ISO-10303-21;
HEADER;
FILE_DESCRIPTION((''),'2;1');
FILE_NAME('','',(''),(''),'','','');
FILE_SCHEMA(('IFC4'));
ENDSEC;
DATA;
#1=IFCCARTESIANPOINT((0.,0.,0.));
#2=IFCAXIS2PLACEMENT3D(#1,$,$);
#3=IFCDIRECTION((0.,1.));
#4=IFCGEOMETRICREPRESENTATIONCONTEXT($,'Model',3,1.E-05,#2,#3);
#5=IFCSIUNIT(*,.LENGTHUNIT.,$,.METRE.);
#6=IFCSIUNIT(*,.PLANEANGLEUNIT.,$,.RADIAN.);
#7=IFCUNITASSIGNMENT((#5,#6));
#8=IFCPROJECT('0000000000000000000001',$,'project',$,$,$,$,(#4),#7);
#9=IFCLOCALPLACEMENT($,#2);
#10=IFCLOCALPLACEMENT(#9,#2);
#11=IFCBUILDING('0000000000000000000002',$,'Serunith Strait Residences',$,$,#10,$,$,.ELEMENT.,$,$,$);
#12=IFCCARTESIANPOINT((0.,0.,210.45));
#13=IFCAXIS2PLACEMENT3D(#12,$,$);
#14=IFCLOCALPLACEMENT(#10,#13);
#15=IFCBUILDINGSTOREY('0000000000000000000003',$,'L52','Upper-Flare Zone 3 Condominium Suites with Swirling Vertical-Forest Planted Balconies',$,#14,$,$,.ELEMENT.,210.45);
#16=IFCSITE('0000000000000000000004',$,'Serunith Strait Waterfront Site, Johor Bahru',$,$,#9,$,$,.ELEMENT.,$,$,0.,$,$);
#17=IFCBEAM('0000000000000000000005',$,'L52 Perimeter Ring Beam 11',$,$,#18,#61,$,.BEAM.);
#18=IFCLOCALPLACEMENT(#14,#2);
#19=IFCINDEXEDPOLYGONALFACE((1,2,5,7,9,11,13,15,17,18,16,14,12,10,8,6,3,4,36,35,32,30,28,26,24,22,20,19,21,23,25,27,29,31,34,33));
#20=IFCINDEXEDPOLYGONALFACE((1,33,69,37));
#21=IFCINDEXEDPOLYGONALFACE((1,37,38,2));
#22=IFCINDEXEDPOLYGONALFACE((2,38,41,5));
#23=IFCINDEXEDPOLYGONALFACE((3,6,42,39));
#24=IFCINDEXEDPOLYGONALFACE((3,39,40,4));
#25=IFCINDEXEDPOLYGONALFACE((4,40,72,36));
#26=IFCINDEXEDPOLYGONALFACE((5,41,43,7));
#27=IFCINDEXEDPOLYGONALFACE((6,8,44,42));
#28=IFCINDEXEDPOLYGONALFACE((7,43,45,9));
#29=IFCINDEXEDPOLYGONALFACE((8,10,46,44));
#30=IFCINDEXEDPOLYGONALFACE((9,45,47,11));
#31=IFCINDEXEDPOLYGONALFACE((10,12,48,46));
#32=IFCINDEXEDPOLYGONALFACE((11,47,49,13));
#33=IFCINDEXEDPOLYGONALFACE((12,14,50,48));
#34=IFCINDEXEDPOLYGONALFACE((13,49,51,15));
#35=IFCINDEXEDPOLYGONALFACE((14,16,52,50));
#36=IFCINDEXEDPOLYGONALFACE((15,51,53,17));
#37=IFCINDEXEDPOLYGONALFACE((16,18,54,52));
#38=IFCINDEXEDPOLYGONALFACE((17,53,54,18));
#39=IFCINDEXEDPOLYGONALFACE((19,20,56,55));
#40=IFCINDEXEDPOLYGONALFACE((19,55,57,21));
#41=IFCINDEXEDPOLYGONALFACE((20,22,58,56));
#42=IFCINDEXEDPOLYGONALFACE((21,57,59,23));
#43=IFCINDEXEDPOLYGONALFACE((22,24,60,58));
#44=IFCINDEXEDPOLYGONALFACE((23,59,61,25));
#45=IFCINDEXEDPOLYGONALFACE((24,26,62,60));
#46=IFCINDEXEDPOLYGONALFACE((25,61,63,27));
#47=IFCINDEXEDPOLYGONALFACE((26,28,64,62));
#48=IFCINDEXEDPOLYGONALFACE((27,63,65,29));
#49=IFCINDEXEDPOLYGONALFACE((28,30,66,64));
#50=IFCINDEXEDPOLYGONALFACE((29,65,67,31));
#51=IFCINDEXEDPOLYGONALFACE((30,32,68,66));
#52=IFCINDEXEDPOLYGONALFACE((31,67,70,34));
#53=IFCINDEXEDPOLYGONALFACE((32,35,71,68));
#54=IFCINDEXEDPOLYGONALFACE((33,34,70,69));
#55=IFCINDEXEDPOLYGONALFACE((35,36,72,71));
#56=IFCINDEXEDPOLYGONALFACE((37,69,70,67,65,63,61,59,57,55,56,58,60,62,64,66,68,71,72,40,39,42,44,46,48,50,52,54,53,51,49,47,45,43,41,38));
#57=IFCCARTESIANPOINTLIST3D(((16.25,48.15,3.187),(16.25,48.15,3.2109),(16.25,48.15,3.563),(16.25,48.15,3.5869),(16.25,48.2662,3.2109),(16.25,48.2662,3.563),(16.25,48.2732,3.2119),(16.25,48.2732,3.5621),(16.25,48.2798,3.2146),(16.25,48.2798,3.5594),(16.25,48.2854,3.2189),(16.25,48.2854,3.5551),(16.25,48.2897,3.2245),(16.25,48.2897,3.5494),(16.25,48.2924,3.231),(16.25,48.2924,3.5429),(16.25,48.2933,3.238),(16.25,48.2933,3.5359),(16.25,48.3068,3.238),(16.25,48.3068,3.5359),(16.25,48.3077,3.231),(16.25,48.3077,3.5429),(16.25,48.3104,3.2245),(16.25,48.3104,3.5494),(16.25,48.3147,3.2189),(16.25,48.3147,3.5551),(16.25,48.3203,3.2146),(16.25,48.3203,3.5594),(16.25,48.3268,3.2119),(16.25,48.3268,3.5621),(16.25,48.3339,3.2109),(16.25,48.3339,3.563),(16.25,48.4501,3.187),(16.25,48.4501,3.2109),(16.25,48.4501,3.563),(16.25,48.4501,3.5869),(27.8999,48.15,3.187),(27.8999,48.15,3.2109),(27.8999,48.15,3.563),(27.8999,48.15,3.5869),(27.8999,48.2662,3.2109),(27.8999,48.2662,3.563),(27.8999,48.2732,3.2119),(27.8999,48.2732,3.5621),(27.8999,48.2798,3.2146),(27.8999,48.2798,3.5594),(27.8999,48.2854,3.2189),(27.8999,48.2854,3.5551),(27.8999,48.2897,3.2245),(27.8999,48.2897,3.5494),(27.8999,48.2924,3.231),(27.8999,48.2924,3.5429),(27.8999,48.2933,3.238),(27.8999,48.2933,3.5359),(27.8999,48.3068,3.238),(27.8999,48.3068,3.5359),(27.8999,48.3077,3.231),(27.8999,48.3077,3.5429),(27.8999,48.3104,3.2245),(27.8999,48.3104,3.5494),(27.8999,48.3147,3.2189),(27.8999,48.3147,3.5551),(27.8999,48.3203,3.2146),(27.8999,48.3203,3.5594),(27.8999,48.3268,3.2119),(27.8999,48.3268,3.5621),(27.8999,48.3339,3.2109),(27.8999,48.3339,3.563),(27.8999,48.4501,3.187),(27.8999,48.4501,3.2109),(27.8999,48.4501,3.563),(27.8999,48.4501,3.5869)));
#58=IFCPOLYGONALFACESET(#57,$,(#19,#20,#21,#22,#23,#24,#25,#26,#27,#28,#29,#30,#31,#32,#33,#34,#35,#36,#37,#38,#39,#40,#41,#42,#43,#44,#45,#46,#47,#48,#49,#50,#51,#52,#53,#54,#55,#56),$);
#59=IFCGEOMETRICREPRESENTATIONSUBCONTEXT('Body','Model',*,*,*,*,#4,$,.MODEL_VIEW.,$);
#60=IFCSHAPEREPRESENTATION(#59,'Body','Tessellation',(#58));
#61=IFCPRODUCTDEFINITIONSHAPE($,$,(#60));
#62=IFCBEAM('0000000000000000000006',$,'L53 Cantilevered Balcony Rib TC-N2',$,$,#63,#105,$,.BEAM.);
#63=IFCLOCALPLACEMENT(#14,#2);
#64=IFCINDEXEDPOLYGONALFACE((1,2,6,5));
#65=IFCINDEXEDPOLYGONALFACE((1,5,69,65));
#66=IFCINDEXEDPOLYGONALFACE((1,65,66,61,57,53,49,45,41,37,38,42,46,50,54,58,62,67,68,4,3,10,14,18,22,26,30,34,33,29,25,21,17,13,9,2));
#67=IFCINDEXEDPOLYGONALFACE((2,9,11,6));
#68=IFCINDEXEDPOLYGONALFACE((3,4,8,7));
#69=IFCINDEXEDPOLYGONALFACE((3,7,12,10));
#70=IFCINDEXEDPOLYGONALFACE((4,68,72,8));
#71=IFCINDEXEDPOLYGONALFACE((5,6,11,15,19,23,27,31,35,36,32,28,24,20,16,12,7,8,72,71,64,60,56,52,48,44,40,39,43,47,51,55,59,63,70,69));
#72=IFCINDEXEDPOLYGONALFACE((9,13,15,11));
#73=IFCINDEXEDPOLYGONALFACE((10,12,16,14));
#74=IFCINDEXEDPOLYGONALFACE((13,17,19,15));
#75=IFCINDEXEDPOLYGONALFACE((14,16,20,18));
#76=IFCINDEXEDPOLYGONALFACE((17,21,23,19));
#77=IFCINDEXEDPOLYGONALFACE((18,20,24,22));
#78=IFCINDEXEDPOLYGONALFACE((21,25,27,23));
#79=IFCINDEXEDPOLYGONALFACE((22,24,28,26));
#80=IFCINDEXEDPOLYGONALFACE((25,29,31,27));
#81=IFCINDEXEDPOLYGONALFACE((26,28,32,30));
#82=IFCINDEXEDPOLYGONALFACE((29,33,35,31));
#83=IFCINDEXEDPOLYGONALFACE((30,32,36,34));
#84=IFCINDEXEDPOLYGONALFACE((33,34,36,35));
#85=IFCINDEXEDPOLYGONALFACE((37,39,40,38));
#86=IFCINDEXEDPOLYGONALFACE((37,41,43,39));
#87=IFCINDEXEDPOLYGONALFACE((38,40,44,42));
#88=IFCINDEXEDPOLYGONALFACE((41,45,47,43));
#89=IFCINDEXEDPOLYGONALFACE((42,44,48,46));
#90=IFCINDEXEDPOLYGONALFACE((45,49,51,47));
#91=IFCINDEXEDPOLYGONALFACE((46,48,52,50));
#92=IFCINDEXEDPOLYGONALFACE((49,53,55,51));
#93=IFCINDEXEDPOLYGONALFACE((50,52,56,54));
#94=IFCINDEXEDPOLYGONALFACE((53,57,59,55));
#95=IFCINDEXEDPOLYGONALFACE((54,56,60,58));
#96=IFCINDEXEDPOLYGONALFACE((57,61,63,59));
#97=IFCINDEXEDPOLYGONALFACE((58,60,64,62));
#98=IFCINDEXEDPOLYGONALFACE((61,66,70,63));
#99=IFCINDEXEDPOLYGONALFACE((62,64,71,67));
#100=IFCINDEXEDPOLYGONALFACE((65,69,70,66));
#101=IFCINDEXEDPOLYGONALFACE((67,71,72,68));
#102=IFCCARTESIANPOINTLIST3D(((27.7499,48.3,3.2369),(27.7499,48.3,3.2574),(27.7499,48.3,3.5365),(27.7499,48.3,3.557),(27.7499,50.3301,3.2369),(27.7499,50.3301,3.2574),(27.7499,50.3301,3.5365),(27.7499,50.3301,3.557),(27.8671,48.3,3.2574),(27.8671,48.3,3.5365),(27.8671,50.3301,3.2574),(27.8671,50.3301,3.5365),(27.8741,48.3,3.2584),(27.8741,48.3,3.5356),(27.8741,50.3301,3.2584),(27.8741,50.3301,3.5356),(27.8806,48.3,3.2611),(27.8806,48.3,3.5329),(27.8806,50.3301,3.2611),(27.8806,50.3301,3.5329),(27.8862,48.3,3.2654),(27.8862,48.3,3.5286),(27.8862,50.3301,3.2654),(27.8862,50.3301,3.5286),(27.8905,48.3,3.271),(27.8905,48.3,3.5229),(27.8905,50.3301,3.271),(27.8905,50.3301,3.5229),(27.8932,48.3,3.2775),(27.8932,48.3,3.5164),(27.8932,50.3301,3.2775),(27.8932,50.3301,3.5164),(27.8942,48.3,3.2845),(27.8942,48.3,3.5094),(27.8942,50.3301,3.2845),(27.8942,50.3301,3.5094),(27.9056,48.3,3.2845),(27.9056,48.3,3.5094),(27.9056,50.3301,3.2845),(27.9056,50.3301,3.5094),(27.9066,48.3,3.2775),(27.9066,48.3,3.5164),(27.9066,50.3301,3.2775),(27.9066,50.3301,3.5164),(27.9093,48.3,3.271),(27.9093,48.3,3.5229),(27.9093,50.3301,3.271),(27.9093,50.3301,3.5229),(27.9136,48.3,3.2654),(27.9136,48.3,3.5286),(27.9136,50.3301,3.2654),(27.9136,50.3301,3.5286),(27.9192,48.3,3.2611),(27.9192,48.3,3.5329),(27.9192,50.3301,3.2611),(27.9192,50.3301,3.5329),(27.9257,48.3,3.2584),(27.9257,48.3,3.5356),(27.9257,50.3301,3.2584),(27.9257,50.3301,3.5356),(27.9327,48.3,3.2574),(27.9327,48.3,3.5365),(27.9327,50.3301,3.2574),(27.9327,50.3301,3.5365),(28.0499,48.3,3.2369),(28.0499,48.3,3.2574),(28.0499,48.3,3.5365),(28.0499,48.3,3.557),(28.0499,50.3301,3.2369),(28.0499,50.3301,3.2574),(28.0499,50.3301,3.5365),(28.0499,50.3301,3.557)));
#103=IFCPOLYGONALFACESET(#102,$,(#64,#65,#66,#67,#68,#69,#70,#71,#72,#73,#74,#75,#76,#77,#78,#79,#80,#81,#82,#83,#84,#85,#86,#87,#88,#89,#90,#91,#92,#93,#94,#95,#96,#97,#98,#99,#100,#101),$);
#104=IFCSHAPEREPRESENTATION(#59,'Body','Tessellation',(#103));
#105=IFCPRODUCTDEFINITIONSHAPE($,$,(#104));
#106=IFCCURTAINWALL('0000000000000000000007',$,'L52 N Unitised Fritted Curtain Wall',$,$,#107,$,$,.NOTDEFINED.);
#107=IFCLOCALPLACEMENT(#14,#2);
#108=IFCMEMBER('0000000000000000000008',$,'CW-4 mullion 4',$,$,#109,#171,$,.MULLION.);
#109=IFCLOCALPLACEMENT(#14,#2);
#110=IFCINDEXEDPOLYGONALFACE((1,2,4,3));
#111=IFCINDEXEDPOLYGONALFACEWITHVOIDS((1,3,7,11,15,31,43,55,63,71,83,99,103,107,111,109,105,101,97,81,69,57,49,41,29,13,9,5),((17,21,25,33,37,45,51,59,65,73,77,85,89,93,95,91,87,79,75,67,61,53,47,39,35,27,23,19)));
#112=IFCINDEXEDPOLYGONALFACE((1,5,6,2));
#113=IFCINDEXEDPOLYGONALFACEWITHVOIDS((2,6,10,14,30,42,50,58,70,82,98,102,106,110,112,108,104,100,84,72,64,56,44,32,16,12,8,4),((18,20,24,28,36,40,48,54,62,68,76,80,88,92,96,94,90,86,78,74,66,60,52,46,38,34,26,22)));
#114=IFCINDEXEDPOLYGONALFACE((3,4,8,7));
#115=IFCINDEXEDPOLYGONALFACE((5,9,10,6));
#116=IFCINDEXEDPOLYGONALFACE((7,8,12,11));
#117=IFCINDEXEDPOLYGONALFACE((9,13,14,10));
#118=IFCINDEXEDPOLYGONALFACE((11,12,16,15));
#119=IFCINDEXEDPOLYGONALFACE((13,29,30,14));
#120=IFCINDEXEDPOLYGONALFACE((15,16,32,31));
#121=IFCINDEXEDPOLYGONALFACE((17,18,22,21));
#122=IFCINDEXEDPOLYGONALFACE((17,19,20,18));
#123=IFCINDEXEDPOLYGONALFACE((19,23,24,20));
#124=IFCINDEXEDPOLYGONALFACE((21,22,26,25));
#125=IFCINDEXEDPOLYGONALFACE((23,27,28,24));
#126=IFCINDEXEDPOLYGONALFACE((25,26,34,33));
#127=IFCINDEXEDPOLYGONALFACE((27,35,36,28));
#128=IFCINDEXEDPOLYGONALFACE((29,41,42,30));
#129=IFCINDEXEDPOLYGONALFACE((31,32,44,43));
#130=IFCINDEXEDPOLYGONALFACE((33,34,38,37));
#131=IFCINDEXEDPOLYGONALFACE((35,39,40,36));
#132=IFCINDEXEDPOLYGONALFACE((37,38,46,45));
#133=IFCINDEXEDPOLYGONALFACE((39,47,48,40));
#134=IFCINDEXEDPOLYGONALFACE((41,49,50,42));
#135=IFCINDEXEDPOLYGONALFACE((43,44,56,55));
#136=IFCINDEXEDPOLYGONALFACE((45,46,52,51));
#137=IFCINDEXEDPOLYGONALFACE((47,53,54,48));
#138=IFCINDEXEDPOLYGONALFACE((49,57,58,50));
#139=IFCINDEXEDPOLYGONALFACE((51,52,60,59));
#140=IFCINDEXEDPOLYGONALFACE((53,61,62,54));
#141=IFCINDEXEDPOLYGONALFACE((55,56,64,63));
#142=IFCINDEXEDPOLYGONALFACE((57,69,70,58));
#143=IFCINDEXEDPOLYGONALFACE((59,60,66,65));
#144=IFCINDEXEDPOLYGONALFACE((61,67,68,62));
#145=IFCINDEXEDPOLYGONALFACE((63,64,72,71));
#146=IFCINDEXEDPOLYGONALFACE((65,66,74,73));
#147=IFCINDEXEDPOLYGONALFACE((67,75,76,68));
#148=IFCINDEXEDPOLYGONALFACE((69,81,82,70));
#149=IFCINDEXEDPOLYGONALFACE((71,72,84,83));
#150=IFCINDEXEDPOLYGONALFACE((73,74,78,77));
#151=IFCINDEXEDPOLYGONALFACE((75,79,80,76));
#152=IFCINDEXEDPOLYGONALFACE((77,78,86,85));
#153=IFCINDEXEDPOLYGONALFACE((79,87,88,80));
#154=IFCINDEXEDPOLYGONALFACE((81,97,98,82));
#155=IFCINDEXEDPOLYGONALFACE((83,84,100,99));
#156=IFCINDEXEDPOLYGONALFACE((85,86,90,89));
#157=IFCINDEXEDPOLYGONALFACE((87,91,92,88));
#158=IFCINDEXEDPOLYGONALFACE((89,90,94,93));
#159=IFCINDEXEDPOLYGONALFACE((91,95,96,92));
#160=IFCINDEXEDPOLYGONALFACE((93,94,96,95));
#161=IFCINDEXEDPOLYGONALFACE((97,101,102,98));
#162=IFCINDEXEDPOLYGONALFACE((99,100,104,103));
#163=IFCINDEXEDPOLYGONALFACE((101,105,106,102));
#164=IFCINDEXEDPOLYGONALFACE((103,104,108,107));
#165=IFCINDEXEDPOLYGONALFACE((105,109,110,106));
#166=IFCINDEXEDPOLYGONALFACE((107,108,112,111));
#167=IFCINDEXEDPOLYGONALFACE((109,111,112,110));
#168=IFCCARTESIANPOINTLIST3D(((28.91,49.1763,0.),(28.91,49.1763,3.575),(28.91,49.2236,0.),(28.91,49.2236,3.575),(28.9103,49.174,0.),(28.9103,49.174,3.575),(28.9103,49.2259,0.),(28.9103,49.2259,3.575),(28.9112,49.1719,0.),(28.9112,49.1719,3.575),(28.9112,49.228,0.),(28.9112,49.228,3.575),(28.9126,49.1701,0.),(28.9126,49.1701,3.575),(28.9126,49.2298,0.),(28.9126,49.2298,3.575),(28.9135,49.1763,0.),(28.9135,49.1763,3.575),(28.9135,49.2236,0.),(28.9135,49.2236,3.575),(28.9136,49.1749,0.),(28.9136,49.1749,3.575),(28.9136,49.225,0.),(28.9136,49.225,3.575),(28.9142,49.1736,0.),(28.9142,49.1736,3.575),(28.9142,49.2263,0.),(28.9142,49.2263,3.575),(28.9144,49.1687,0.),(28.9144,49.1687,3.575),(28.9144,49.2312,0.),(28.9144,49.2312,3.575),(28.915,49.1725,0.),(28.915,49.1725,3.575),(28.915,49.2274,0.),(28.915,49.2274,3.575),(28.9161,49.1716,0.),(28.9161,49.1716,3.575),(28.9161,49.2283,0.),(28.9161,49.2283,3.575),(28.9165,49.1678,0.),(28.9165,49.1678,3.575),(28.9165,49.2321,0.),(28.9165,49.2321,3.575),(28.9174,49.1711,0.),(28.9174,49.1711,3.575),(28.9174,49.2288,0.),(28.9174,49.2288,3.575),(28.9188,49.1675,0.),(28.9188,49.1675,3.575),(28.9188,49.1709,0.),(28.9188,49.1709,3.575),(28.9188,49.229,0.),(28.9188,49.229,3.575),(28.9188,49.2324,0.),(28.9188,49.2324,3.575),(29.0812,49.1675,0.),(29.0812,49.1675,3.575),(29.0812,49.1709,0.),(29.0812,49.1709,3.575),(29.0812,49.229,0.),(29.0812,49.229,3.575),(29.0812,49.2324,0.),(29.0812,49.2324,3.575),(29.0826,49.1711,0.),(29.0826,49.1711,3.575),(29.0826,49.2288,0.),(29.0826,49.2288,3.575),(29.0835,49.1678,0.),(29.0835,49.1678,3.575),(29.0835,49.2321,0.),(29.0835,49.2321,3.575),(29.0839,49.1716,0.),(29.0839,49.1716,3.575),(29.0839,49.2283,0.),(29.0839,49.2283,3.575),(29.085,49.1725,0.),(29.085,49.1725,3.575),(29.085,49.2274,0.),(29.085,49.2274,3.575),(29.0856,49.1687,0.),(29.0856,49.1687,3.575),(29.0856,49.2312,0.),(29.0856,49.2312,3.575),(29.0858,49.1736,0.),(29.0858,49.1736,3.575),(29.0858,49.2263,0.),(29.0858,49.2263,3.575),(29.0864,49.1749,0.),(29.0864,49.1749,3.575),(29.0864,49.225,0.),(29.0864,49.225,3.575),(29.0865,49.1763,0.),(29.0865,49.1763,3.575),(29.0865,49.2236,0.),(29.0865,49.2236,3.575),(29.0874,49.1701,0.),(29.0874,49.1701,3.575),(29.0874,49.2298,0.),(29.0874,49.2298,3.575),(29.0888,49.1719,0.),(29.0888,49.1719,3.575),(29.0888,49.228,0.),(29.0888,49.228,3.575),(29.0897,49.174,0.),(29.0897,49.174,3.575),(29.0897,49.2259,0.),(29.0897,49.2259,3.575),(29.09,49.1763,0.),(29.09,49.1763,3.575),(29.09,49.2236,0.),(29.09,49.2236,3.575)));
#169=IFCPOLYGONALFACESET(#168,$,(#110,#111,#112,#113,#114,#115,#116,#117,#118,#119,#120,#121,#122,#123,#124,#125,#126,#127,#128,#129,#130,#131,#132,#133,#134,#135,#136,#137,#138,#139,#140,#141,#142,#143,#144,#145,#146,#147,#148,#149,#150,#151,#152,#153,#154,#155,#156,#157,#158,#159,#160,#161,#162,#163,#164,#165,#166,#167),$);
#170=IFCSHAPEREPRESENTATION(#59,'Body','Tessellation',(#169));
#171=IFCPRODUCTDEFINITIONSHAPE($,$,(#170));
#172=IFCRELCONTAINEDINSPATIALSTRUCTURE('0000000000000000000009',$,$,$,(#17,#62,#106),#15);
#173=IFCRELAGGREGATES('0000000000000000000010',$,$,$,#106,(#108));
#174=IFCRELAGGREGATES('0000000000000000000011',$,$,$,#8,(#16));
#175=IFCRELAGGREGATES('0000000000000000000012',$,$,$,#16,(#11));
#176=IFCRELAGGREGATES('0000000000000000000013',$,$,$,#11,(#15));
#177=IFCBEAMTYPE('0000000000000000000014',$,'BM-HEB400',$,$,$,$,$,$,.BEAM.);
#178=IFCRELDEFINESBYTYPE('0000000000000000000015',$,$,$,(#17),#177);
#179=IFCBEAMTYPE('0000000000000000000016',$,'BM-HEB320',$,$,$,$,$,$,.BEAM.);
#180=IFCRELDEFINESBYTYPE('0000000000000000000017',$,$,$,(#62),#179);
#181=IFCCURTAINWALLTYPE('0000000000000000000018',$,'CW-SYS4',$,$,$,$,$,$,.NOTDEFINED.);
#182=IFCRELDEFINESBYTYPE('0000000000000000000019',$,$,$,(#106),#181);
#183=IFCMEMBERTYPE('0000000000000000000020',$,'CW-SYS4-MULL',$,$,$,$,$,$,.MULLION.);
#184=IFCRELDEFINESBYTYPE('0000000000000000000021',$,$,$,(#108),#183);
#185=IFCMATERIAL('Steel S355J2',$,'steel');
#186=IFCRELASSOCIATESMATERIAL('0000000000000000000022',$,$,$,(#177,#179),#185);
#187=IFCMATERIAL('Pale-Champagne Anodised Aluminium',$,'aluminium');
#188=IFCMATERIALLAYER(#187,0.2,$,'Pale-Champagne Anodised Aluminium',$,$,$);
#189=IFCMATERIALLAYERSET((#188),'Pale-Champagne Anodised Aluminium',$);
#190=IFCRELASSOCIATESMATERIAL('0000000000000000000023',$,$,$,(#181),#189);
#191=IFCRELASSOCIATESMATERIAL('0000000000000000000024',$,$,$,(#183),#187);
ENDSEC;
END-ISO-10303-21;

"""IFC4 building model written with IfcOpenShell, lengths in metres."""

from ifc_helpers import new_model, si_unit, direction, frame, origin, origin_2d, place, context, subcontext, project, spatial, hollow_rectangle, i_section, extrude, source, transform, mapped, material, layer, layer_set, material_profile, profile_set, type_object, element, aggregate, save


model = new_model("IFC4")

# Units and contexts
model_context = context("Model", 3, precision=1e-05, world=origin(), true_north=direction((0.0, 1.0)))
body_context = subcontext(model_context, "Body", "Model", "MODEL_VIEW")
ifc_project = project(units=[si_unit("LENGTHUNIT", "METRE"), si_unit("PLANEANGLEUNIT", "RADIAN")], contexts=[model_context])

# Site, building, storey
site_placement = place(None, origin())
site = spatial("IfcSite", under=ifc_project, at=site_placement, Name="Serunith Strait Waterfront Site, Johor Bahru", CompositionType="ELEMENT", RefElevation=0.0)
building_placement = place(site_placement, origin())
building = spatial("IfcBuilding", under=site, at=building_placement, Name="Serunith Strait Residences", CompositionType="ELEMENT")
storey_placement = place(building_placement, frame((0.0, 0.0, 210.45)))
storey = spatial("IfcBuildingStorey", under=building, at=storey_placement, Name="L52", Description="Upper-Flare Zone 3 Condominium Suites with Swirling Vertical-Forest Planted Balconies", CompositionType="ELEMENT", Elevation=210.45)

# Beams
ifc_material_1 = material(Name="Steel S355J2", Category="steel")
ifc_material_profile_1 = material_profile(ifc_material_1, i_section(OverallWidth=0.3, OverallDepth=0.3999, WebThickness=0.0134, FlangeThickness=0.0239, FilletRadius=0.0271, at=origin_2d()), Name="HEB 400")
ifc_profile_set_1 = profile_set([ifc_material_profile_1], Name="Steel S355J2")
beam_type_1 = type_object("IfcBeamType", Name="BM-HEB400", PredefinedType="BEAM", material=ifc_profile_set_1)
shared_shape_1 = source(origin(), body_context, "Body", "SweptSolid", [
    extrude(i_section(OverallWidth=0.3, OverallDepth=0.3999, WebThickness=0.0134, FlangeThickness=0.0239, FilletRadius=0.0271, at=origin_2d()), origin(), (0.0, 0.0, 1.0), 11.6499),
])
beam_1_placement = place(storey_placement, frame((27.8999, 48.3, 3.387), z_axis=(-1.0, 0.0, 0.0), x_axis=(0.0, -1.0, 0.0)))
element("IfcBeam", 1, at=beam_1_placement, inside=storey, type_object=beam_type_1, Name="L52 Perimeter Ring Beam 11", PredefinedType="BEAM", context=body_context, shape_type="MappedRepresentation", body=[
    mapped(shared_shape_1, transform((0.0, 0.0, 0.0), scale=1.0)),
])
ifc_material_profile_2 = material_profile(ifc_material_1, i_section(OverallWidth=0.3, OverallDepth=0.3201, WebThickness=0.0115, FlangeThickness=0.0205, FilletRadius=0.0271, at=origin_2d()), Name="HEB 320")
ifc_profile_set_2 = profile_set([ifc_material_profile_2], Name="Steel S355J2")
beam_type_2 = type_object("IfcBeamType", Name="BM-HEB320", PredefinedType="BEAM", material=ifc_profile_set_2)
shared_shape_2 = source(origin(), body_context, "Body", "SweptSolid", [
    extrude(i_section(OverallWidth=0.3, OverallDepth=0.3201, WebThickness=0.0115, FlangeThickness=0.0205, FilletRadius=0.0271, at=origin_2d()), origin(), (0.0, 0.0, 1.0), 2.03),
])
beam_2_placement = place(storey_placement, frame((27.8999, 48.3, 3.397), z_axis=(0.0, 1.0, 0.0), x_axis=(-1.0, 0.0, 0.0)))
element("IfcBeam", 2, at=beam_2_placement, inside=storey, type_object=beam_type_2, Name="L53 Cantilevered Balcony Rib TC-N2", PredefinedType="BEAM", context=body_context, shape_type="MappedRepresentation", body=[
    mapped(shared_shape_2, transform((0.0, 0.0, 0.0), scale=1.0)),
])

# Curtain wall, member
ifc_material_2 = material(Name="Pale-Champagne Anodised Aluminium", Category="aluminium")
ifc_layer_1 = layer(ifc_material_2, 0.2, Name="Pale-Champagne Anodised Aluminium")
ifc_layer_set_1 = layer_set([ifc_layer_1], Name="Pale-Champagne Anodised Aluminium")
curtain_wall_type = type_object("IfcCurtainWallType", Name="CW-SYS4", PredefinedType="NOTDEFINED", material=ifc_layer_set_1)
curtain_wall_placement = place(storey_placement, origin())
curtain_wall = element("IfcCurtainWall", 3, at=curtain_wall_placement, inside=storey, type_object=curtain_wall_type, Name="L52 N Unitised Fritted Curtain Wall", PredefinedType="NOTDEFINED")
ifc_material_profile_3 = material_profile(ifc_material_2, hollow_rectangle(XDim=0.0649, YDim=0.1799, WallThickness=0.0034, InnerFilletRadius=0.0054, OuterFilletRadius=0.0088, at=origin_2d()), Name="ALU 180x65x3.5")
ifc_profile_set_3 = profile_set([ifc_material_profile_3], Name="Pale-Champagne Anodised Aluminium")
member_type_1 = type_object("IfcMemberType", Name="CW-SYS4-MULL", PredefinedType="MULLION", material=ifc_profile_set_3)
shared_shape_3 = source(origin(), body_context, "Body", "SweptSolid", [
    extrude(hollow_rectangle(XDim=0.0649, YDim=0.1799, WallThickness=0.0034, InnerFilletRadius=0.0054, OuterFilletRadius=0.0088, at=origin_2d()), origin(), (0.0, 0.0, 1.0), 3.575),
])
member_1_placement = place(storey_placement, frame((29.0, 49.2, 0.0), z_axis=(0.0, 0.0, 1.0), x_axis=(0.0, -1.0, 0.0)))
member_1 = element("IfcMember", 4, at=member_1_placement, type_object=member_type_1, Name="CW-4 mullion 4", PredefinedType="MULLION", context=body_context, shape_type="MappedRepresentation", body=[
    mapped(shared_shape_3, transform((0.0, 0.0, 0.0), scale=1.0)),
])
aggregate(curtain_wall, [member_1])

save(model, "model.ifc")
